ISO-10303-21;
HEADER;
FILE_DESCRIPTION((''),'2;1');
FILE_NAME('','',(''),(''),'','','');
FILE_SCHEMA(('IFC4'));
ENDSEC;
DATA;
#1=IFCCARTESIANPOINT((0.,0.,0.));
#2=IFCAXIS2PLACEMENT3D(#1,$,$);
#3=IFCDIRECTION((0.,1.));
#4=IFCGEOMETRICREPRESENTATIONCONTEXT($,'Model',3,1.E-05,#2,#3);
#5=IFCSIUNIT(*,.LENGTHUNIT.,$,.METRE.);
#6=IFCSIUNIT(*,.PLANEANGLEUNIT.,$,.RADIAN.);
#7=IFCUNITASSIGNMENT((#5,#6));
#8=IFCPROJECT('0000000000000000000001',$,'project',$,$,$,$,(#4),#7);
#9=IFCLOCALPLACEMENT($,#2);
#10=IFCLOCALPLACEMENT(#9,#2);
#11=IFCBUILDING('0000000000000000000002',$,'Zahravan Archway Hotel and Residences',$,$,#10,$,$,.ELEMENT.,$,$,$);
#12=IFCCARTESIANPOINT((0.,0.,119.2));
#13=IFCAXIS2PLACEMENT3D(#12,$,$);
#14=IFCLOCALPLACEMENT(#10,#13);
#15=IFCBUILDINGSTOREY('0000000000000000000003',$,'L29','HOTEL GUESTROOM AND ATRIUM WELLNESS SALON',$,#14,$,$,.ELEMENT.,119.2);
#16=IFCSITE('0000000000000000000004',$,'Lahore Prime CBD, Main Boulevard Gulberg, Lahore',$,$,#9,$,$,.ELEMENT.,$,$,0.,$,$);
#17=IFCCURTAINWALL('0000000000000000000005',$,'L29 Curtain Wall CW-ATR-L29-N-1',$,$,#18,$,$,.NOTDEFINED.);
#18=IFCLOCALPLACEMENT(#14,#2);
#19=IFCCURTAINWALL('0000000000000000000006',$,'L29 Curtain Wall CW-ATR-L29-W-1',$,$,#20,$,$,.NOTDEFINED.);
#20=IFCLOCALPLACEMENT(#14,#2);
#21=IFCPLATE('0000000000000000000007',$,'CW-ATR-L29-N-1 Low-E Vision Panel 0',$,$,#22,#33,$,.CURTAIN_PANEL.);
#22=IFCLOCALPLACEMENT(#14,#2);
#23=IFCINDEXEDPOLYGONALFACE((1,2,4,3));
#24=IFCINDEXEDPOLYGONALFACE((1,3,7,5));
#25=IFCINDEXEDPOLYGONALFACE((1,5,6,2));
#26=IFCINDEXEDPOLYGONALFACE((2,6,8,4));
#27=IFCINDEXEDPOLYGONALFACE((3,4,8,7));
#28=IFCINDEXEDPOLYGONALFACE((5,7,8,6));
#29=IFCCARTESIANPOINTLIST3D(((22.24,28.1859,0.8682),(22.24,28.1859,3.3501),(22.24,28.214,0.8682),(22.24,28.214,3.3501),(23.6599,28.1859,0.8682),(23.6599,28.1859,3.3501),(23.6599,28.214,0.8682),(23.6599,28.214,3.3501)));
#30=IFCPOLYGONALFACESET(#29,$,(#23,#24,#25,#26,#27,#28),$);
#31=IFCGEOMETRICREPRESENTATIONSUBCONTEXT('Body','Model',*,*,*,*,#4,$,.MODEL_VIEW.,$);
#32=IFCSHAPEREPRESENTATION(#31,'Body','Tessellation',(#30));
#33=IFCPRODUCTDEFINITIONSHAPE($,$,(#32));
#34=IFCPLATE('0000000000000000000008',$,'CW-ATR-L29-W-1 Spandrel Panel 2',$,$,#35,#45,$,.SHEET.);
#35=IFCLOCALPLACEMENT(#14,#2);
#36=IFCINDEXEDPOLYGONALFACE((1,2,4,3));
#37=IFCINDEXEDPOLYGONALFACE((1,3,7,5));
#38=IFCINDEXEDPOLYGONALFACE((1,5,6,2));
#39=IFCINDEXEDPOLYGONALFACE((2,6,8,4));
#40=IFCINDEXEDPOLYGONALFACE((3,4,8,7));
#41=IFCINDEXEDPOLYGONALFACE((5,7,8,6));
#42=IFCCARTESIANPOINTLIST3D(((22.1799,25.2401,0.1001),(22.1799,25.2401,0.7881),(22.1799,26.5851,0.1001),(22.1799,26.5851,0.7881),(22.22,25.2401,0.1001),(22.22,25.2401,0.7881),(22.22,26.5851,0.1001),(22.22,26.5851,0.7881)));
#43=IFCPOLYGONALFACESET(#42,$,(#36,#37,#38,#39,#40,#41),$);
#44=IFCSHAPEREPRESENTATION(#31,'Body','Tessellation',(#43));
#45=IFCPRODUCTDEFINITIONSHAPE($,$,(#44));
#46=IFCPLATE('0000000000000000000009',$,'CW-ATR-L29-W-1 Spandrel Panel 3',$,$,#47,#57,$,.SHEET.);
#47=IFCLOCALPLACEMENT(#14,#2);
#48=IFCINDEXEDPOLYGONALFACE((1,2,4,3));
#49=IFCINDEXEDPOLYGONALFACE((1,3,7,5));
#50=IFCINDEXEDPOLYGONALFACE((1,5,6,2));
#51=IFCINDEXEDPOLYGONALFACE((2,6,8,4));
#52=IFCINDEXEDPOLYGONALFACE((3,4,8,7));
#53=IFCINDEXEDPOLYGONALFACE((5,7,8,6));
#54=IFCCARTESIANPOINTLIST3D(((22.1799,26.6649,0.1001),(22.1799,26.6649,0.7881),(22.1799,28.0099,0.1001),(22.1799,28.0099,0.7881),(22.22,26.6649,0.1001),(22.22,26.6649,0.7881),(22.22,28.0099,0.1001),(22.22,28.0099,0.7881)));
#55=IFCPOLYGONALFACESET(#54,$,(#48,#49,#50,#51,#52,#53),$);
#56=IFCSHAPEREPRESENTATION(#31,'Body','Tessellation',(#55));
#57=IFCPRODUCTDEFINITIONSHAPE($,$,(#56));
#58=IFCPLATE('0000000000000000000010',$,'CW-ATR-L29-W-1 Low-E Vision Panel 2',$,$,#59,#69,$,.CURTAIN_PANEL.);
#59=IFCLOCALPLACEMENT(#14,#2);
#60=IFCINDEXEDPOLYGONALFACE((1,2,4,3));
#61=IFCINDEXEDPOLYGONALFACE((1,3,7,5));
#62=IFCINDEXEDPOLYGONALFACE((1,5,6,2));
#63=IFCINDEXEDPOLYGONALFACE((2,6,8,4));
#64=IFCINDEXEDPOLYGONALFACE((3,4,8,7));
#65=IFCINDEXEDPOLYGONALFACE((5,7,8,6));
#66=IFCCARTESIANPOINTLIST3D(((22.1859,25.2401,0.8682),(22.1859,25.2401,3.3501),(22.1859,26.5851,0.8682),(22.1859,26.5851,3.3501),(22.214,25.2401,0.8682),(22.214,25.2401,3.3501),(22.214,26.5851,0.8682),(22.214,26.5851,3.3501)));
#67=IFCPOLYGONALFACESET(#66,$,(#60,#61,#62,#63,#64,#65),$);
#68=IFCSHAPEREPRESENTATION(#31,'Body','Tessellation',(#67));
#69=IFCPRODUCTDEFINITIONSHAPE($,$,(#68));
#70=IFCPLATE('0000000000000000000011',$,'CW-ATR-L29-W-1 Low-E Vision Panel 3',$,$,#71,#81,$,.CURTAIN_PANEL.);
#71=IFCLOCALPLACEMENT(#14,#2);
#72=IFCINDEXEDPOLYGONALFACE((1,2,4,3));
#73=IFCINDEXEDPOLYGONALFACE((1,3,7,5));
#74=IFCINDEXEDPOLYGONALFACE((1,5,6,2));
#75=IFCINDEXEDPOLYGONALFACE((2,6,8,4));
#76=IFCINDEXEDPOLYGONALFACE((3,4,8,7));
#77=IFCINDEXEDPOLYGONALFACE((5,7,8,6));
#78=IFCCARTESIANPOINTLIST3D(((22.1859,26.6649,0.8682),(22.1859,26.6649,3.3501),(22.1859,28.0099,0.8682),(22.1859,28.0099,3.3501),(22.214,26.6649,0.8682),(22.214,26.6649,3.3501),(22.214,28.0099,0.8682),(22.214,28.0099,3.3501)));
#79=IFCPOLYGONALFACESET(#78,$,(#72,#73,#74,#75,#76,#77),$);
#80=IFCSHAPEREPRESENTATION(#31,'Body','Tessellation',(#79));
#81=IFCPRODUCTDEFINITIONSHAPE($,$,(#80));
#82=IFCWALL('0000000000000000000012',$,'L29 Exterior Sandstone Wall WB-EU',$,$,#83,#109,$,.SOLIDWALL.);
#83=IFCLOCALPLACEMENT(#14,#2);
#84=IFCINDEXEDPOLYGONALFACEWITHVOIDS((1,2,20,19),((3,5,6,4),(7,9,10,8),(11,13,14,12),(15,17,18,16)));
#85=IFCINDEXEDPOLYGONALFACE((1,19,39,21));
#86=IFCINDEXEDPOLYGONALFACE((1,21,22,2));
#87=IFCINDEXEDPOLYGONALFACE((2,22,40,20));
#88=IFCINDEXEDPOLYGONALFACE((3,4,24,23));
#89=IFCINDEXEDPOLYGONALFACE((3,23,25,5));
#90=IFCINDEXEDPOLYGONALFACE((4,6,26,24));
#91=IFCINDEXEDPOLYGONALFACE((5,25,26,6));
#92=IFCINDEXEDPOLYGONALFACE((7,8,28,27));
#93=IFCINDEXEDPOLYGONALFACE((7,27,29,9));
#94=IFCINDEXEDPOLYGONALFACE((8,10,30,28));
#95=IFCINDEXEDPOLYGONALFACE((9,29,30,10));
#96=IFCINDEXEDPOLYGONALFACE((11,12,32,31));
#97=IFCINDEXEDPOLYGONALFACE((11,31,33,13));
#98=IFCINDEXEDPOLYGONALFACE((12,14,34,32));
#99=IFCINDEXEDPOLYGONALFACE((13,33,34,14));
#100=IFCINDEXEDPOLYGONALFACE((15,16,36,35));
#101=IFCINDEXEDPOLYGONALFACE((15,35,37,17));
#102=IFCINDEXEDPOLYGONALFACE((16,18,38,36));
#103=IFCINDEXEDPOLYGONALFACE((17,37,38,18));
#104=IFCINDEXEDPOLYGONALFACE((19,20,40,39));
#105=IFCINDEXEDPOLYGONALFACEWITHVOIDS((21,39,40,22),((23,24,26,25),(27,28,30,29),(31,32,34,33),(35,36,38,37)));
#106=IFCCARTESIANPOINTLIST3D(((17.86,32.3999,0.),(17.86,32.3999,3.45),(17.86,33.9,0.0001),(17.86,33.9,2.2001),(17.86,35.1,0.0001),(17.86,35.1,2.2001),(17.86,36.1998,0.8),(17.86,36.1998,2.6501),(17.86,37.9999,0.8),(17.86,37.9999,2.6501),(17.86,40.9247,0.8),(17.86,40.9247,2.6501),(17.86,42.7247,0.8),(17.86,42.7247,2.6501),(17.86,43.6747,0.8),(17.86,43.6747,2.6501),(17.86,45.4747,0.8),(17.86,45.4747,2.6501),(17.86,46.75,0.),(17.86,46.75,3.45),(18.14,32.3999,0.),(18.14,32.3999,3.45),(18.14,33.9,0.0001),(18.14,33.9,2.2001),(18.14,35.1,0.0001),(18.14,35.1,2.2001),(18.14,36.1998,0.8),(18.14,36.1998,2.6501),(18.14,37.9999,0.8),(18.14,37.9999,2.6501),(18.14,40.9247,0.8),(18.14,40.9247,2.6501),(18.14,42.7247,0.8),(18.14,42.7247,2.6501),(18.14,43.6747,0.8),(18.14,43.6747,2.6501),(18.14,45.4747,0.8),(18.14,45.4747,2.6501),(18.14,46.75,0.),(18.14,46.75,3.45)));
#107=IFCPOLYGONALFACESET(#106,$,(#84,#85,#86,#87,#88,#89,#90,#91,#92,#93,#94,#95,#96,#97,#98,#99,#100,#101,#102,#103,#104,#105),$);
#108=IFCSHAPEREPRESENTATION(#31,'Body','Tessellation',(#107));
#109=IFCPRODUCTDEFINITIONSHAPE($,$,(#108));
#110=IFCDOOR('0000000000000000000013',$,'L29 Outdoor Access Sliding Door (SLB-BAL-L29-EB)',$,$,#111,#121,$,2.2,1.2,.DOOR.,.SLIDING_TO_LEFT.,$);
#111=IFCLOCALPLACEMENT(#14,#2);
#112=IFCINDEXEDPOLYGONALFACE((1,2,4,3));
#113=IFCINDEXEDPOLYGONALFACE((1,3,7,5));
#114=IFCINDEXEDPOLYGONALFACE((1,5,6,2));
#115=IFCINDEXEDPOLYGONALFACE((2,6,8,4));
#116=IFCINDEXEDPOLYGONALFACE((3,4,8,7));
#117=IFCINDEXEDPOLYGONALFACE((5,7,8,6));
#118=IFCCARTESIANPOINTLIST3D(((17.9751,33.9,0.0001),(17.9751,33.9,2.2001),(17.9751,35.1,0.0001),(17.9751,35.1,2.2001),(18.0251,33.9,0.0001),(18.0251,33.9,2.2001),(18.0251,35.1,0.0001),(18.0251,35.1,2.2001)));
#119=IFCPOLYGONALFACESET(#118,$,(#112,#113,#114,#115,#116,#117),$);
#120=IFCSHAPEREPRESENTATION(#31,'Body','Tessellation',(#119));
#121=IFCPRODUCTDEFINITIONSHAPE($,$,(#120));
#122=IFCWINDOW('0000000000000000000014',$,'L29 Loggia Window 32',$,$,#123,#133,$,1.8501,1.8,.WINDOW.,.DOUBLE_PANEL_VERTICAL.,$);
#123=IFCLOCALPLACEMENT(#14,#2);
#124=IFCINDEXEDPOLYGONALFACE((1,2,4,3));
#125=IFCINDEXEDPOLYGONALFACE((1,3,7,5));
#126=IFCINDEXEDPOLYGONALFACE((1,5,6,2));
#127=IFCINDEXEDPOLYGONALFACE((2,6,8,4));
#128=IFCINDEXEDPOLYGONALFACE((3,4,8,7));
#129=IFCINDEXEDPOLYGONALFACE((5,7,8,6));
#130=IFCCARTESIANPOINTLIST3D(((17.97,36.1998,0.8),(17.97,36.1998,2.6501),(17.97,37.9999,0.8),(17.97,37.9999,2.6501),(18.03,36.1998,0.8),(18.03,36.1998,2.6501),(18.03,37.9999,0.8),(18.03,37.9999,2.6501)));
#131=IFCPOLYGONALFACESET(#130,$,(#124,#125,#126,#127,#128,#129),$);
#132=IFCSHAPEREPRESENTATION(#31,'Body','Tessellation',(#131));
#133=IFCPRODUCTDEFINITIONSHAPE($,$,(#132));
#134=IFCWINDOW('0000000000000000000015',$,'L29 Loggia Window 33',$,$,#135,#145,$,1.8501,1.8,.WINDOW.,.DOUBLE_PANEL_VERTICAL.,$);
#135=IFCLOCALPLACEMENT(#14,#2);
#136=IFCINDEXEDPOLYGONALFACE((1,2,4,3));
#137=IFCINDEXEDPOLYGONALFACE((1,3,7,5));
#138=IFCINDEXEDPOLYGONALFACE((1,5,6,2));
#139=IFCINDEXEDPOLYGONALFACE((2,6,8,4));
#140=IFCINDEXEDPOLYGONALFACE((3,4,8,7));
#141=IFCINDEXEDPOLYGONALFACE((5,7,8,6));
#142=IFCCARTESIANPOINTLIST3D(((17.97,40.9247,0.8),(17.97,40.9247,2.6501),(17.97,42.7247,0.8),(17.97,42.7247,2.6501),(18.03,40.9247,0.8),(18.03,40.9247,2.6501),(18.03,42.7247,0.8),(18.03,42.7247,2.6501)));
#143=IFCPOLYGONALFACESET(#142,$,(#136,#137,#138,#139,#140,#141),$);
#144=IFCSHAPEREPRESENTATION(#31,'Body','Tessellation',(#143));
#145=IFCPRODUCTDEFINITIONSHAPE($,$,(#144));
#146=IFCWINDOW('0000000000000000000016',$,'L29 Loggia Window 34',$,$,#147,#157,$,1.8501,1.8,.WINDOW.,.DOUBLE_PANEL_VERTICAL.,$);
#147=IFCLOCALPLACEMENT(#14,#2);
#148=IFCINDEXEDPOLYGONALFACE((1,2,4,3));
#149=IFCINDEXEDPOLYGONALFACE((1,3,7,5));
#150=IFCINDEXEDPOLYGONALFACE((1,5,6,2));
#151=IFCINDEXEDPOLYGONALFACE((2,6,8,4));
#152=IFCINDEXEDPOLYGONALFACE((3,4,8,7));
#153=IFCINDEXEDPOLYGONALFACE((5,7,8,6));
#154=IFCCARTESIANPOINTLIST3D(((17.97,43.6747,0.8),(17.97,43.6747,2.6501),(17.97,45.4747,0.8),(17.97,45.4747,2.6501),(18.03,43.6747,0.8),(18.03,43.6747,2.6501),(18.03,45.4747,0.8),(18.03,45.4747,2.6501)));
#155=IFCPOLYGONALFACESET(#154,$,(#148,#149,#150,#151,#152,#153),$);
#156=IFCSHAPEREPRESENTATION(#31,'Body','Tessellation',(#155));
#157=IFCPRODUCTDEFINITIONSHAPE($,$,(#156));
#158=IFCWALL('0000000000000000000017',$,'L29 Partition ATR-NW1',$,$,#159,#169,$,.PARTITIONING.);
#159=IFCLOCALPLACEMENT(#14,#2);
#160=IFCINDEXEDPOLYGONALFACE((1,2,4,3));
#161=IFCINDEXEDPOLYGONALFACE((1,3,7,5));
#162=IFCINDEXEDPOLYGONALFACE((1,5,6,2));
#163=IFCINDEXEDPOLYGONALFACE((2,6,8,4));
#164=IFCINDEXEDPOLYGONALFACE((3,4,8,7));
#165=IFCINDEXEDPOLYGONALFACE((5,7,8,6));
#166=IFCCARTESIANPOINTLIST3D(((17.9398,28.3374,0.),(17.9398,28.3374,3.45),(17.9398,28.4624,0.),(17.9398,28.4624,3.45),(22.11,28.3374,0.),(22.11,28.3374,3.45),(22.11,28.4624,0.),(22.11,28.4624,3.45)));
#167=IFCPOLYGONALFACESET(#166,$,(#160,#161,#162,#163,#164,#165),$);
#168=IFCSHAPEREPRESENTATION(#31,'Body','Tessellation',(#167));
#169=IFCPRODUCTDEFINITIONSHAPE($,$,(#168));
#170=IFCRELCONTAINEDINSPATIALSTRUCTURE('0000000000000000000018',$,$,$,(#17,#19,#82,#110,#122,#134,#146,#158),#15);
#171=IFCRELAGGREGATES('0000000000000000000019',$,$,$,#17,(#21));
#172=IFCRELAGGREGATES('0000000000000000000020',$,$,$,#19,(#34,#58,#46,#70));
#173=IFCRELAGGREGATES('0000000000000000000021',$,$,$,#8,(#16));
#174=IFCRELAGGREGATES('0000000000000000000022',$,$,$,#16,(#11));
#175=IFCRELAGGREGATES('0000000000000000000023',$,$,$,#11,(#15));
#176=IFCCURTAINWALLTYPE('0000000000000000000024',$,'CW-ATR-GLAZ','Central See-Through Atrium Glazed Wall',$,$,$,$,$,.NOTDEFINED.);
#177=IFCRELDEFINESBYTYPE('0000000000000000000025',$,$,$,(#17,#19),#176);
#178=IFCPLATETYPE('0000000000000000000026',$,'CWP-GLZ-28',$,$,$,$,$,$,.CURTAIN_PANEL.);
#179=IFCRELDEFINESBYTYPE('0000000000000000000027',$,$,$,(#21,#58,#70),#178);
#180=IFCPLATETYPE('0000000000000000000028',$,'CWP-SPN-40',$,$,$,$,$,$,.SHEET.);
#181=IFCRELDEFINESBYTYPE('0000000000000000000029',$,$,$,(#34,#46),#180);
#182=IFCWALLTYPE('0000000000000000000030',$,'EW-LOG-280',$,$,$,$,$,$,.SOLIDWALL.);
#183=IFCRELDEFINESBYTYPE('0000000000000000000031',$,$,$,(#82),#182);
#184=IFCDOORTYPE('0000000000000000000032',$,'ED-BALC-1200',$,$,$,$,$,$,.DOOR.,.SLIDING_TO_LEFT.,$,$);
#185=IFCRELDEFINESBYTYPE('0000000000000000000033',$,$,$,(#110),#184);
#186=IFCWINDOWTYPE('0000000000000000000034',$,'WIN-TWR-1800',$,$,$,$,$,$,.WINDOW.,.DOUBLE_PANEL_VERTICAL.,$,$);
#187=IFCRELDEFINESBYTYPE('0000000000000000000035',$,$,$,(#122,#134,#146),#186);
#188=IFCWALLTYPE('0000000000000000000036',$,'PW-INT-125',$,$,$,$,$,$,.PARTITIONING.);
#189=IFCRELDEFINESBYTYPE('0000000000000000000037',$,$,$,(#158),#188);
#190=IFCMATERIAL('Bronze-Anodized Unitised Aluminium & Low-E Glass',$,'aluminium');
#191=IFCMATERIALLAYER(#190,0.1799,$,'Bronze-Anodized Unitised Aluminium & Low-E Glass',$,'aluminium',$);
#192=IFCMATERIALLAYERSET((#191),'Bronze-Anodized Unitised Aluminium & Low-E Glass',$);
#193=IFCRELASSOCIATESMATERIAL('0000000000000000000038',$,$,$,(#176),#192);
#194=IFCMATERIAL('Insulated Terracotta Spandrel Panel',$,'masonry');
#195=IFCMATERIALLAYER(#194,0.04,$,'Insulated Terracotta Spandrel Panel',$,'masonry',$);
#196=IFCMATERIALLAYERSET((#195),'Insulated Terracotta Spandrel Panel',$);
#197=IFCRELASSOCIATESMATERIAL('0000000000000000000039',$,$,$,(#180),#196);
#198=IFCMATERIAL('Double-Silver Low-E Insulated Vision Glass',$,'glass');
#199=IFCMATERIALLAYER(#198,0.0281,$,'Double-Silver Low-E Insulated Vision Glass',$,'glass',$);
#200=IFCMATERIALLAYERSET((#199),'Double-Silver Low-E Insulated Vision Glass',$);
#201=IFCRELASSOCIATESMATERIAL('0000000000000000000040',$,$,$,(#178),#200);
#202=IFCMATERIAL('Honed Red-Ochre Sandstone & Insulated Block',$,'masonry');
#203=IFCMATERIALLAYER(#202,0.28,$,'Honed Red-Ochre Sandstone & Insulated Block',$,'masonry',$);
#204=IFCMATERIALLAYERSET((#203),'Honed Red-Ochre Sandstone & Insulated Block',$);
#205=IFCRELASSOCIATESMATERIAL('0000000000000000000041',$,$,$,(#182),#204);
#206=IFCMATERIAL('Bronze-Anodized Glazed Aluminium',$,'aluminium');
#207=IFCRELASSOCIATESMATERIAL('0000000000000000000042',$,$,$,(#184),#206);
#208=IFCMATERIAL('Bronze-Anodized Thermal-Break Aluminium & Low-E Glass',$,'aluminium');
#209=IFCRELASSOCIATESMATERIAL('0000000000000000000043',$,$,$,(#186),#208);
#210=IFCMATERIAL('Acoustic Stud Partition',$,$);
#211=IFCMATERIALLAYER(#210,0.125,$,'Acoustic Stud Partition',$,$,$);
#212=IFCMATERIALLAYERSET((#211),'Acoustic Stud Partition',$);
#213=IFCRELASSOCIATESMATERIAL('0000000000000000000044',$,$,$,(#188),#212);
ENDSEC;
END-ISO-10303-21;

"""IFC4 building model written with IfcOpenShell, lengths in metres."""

from ifc_helpers import new_model, si_unit, direction, frame, frame_2d, origin, origin_2d, place, context, subcontext, project, spatial, rectangle, extrude, source, transform, mapped, material, layer, layer_set, type_object, type_shapes, element, fill, aggregate, save


model = new_model("IFC4")

# Units and contexts
model_context = context("Model", 3, precision=1e-05, world=origin(), true_north=direction((0.0, 1.0)))
body_context = subcontext(model_context, "Body", "Model", "MODEL_VIEW")
ifc_project = project(units=[si_unit("LENGTHUNIT", "METRE"), si_unit("PLANEANGLEUNIT", "RADIAN")], contexts=[model_context])

# Site, building, storey
site_placement = place(None, origin())
site = spatial("IfcSite", under=ifc_project, at=site_placement, Name="Lahore Prime CBD, Main Boulevard Gulberg, Lahore", CompositionType="ELEMENT", RefElevation=0.0)
building_placement = place(site_placement, origin())
building = spatial("IfcBuilding", under=site, at=building_placement, Name="Zahravan Archway Hotel and Residences", CompositionType="ELEMENT")
storey_placement = place(building_placement, frame((0.0, 0.0, 119.2)))
storey = spatial("IfcBuildingStorey", under=building, at=storey_placement, Name="L29", Description="HOTEL GUESTROOM AND ATRIUM WELLNESS SALON", CompositionType="ELEMENT", Elevation=119.2)

# Curtain walls
ifc_material_1 = material(Name="Bronze-Anodized Unitised Aluminium & Low-E Glass", Category="aluminium")
ifc_layer_1 = layer(ifc_material_1, 0.1799, Name="Bronze-Anodized Unitised Aluminium & Low-E Glass", Category="aluminium")
ifc_layer_set_1 = layer_set([ifc_layer_1], Name="Bronze-Anodized Unitised Aluminium & Low-E Glass")
curtain_wall_type = type_object("IfcCurtainWallType", Name="CW-ATR-GLAZ", Description="Central See-Through Atrium Glazed Wall", PredefinedType="NOTDEFINED", material=ifc_layer_set_1)
curtain_wall_1_placement = place(storey_placement, origin())
curtain_wall_1 = element("IfcCurtainWall", 1, at=curtain_wall_1_placement, inside=storey, type_object=curtain_wall_type, Name="L29 Curtain Wall CW-ATR-L29-N-1", PredefinedType="NOTDEFINED")
curtain_wall_2_placement = place(storey_placement, origin())
curtain_wall_2 = element("IfcCurtainWall", 2, at=curtain_wall_2_placement, inside=storey, type_object=curtain_wall_type, Name="L29 Curtain Wall CW-ATR-L29-W-1", PredefinedType="NOTDEFINED")

# Plates
ifc_material_2 = material(Name="Insulated Terracotta Spandrel Panel", Category="masonry")
ifc_layer_2 = layer(ifc_material_2, 0.04, Name="Insulated Terracotta Spandrel Panel", Category="masonry")
ifc_layer_set_2 = layer_set([ifc_layer_2], Name="Insulated Terracotta Spandrel Panel")
plate_type_1 = type_object("IfcPlateType", Name="CWP-SPN-40", PredefinedType="SHEET", material=ifc_layer_set_2)
ifc_material_3 = material(Name="Double-Silver Low-E Insulated Vision Glass", Category="glass")
ifc_layer_3 = layer(ifc_material_3, 0.0281, Name="Double-Silver Low-E Insulated Vision Glass", Category="glass")
ifc_layer_set_3 = layer_set([ifc_layer_3], Name="Double-Silver Low-E Insulated Vision Glass")
plate_type_2 = type_object("IfcPlateType", Name="CWP-GLZ-28", PredefinedType="CURTAIN_PANEL", material=ifc_layer_set_3)
shared_shape_1 = source(origin(), body_context, "Body", "SweptSolid", [
    extrude(rectangle(XDim=1.4199, YDim=0.0281, at=origin_2d()), origin(), (0.0, 0.0, 1.0), 2.4819),
])
plate_1_placement = place(storey_placement, frame((22.95, 28.2, 0.8682), z_axis=(0.0, 0.0, 1.0), x_axis=(1.0, 0.0, 0.0)))
plate_1 = element("IfcPlate", 3, at=plate_1_placement, type_object=plate_type_2, Name="CW-ATR-L29-N-1 Low-E Vision Panel 0", PredefinedType="CURTAIN_PANEL", context=body_context, shape_type="MappedRepresentation", body=[
    mapped(shared_shape_1, transform((0.0, 0.0, 0.0), scale=1.0)),
])
aggregate(curtain_wall_1, [plate_1])
shared_shape_2 = source(origin(), body_context, "Body", "SweptSolid", [
    extrude(rectangle(XDim=1.345, YDim=0.04, at=origin_2d()), origin(), (0.0, 0.0, 1.0), 0.688),
])
plate_2_placement = place(storey_placement, frame((22.2, 25.9126, 0.1001), z_axis=(0.0, 0.0, 1.0), x_axis=(0.0, 1.0, 0.0)))
plate_2 = element("IfcPlate", 4, at=plate_2_placement, type_object=plate_type_1, Name="CW-ATR-L29-W-1 Spandrel Panel 2", PredefinedType="SHEET", context=body_context, shape_type="MappedRepresentation", body=[
    mapped(shared_shape_2, transform((0.0, 0.0, 0.0), scale=1.0)),
])
plate_3_placement = place(storey_placement, frame((22.2, 27.3374, 0.1001), z_axis=(0.0, 0.0, 1.0), x_axis=(0.0, 1.0, 0.0)))
plate_3 = element("IfcPlate", 5, at=plate_3_placement, type_object=plate_type_1, Name="CW-ATR-L29-W-1 Spandrel Panel 3", PredefinedType="SHEET", context=body_context, shape_type="MappedRepresentation", body=[
    mapped(shared_shape_2, transform((0.0, 0.0, 0.0), scale=1.0)),
])
shared_shape_3 = source(origin(), body_context, "Body", "SweptSolid", [
    extrude(rectangle(XDim=1.345, YDim=0.0281, at=origin_2d()), origin(), (0.0, 0.0, 1.0), 2.4819),
])
plate_4_placement = place(storey_placement, frame((22.2, 25.9126, 0.8682), z_axis=(0.0, 0.0, 1.0), x_axis=(0.0, 1.0, 0.0)))
plate_4 = element("IfcPlate", 6, at=plate_4_placement, type_object=plate_type_2, Name="CW-ATR-L29-W-1 Low-E Vision Panel 2", PredefinedType="CURTAIN_PANEL", context=body_context, shape_type="MappedRepresentation", body=[
    mapped(shared_shape_3, transform((0.0, 0.0, 0.0), scale=1.0)),
])
plate_5_placement = place(storey_placement, frame((22.2, 27.3374, 0.8682), z_axis=(0.0, 0.0, 1.0), x_axis=(0.0, 1.0, 0.0)))
plate_5 = element("IfcPlate", 7, at=plate_5_placement, type_object=plate_type_2, Name="CW-ATR-L29-W-1 Low-E Vision Panel 3", PredefinedType="CURTAIN_PANEL", context=body_context, shape_type="MappedRepresentation", body=[
    mapped(shared_shape_3, transform((0.0, 0.0, 0.0), scale=1.0)),
])
aggregate(curtain_wall_2, [plate_2, plate_4, plate_3, plate_5])

# Wall, openings, door, windows
ifc_material_4 = material(Name="Honed Red-Ochre Sandstone & Insulated Block", Category="masonry")
ifc_layer_4 = layer(ifc_material_4, 0.28, Name="Honed Red-Ochre Sandstone & Insulated Block", Category="masonry")
ifc_layer_set_4 = layer_set([ifc_layer_4], Name="Honed Red-Ochre Sandstone & Insulated Block")
wall_type_1 = type_object("IfcWallType", Name="EW-LOG-280", PredefinedType="SOLIDWALL", material=ifc_layer_set_4)
wall_1_placement = place(storey_placement, frame((18.0, 32.3999, 0.0), z_axis=(0.0, 0.0, 1.0), x_axis=(0.0, 1.0, 0.0)))
wall_1 = element("IfcWall", 8, at=wall_1_placement, inside=storey, type_object=wall_type_1, Name="L29 Exterior Sandstone Wall WB-EU", PredefinedType="SOLIDWALL", context=body_context, shape_type="SweptSolid", body=[
    extrude(rectangle(XDim=14.3501, YDim=0.28, at=frame_2d((7.175, 0.0))), origin(), (0.0, 0.0, 1.0), 3.45),
])
opening_1_placement = place(wall_1_placement, frame((1.5, 0.0, 0.0)))
opening_1 = element("IfcOpeningElement", 9, at=opening_1_placement, cuts=wall_1, PredefinedType="OPENING", context=body_context, shape_type="SweptSolid", body=[
    extrude(rectangle(XDim=1.2, YDim=2.2, at=frame_2d((0.6001, 1.1001))), frame((0.0, 0.1499, 0.0), z_axis=(0.0, -1.0, 0.0), x_axis=(1.0, 0.0, 0.0)), (0.0, 0.0, 1.0), 0.3),
])
opening_2_placement = place(wall_1_placement, frame((3.8, 0.0, 0.8)))
opening_2 = element("IfcOpeningElement", 10, at=opening_2_placement, cuts=wall_1, PredefinedType="OPENING", context=body_context, shape_type="SweptSolid", body=[
    extrude(rectangle(XDim=1.8, YDim=1.8501, at=frame_2d((0.8999, 0.925))), frame((0.0, 0.1499, 0.0), z_axis=(0.0, -1.0, 0.0), x_axis=(1.0, 0.0, 0.0)), (0.0, 0.0, 1.0), 0.3),
])
opening_3_placement = place(wall_1_placement, frame((8.5249, 0.0, 0.8)))
opening_3 = element("IfcOpeningElement", 11, at=opening_3_placement, cuts=wall_1, PredefinedType="OPENING", context=body_context, shape_type="SweptSolid", body=[
    extrude(rectangle(XDim=1.8, YDim=1.8501, at=frame_2d((0.8999, 0.925))), frame((0.0, 0.1499, 0.0), z_axis=(0.0, -1.0, 0.0), x_axis=(1.0, 0.0, 0.0)), (0.0, 0.0, 1.0), 0.3),
])
opening_4_placement = place(wall_1_placement, frame((11.2749, 0.0, 0.8)))
opening_4 = element("IfcOpeningElement", 12, at=opening_4_placement, cuts=wall_1, PredefinedType="OPENING", context=body_context, shape_type="SweptSolid", body=[
    extrude(rectangle(XDim=1.8, YDim=1.8501, at=frame_2d((0.8999, 0.925))), frame((0.0, 0.1499, 0.0), z_axis=(0.0, -1.0, 0.0), x_axis=(1.0, 0.0, 0.0)), (0.0, 0.0, 1.0), 0.3),
])
ifc_material_5 = material(Name="Bronze-Anodized Glazed Aluminium", Category="aluminium")
door_type = type_object("IfcDoorType", Name="ED-BALC-1200", OperationType="SLIDING_TO_LEFT", PredefinedType="DOOR", material=ifc_material_5)
shared_shape_4 = source(origin(), body_context, "Body", "SweptSolid", [
    extrude(rectangle(XDim=1.2, YDim=2.2, at=frame_2d((0.6001, 1.1001))), frame((0.0, 0.0249, 0.0), z_axis=(0.0, -1.0, 0.0), x_axis=(1.0, 0.0, 0.0)), (0.0, 0.0, 1.0), 0.05),
])
type_shapes(door_type, [shared_shape_4])
door_placement = place(opening_1_placement, origin())
door = element("IfcDoor", 13, at=door_placement, inside=storey, type_object=door_type, Name="L29 Outdoor Access Sliding Door (SLB-BAL-L29-EB)", OperationType="SLIDING_TO_LEFT", OverallHeight=2.2, OverallWidth=1.2, PredefinedType="DOOR", context=body_context, shape_type="MappedRepresentation", body=[
    mapped(shared_shape_4, transform((0.0, 0.0, 0.0), scale=1.0)),
])
fill(opening_1, door)
ifc_material_6 = material(Name="Bronze-Anodized Thermal-Break Aluminium & Low-E Glass", Category="aluminium")
window_type = type_object("IfcWindowType", Name="WIN-TWR-1800", PartitioningType="DOUBLE_PANEL_VERTICAL", PredefinedType="WINDOW", material=ifc_material_6)
shared_shape_5 = source(origin(), body_context, "Body", "SweptSolid", [
    extrude(rectangle(XDim=1.8, YDim=1.8501, at=frame_2d((0.8999, 0.925))), frame((0.0, 0.03, 0.0), z_axis=(0.0, -1.0, 0.0), x_axis=(1.0, 0.0, 0.0)), (0.0, 0.0, 1.0), 0.0601),
])
type_shapes(window_type, [shared_shape_5])
window_1_placement = place(opening_2_placement, origin())
window_1 = element("IfcWindow", 14, at=window_1_placement, inside=storey, type_object=window_type, Name="L29 Loggia Window 32", OverallHeight=1.8501, OverallWidth=1.8, PartitioningType="DOUBLE_PANEL_VERTICAL", PredefinedType="WINDOW", context=body_context, shape_type="MappedRepresentation", body=[
    mapped(shared_shape_5, transform((0.0, 0.0, 0.0), scale=1.0)),
])
fill(opening_2, window_1)
window_2_placement = place(opening_3_placement, origin())
window_2 = element("IfcWindow", 15, at=window_2_placement, inside=storey, type_object=window_type, Name="L29 Loggia Window 33", OverallHeight=1.8501, OverallWidth=1.8, PartitioningType="DOUBLE_PANEL_VERTICAL", PredefinedType="WINDOW", context=body_context, shape_type="MappedRepresentation", body=[
    mapped(shared_shape_5, transform((0.0, 0.0, 0.0), scale=1.0)),
])
fill(opening_3, window_2)
window_3_placement = place(opening_4_placement, origin())
window_3 = element("IfcWindow", 16, at=window_3_placement, inside=storey, type_object=window_type, Name="L29 Loggia Window 34", OverallHeight=1.8501, OverallWidth=1.8, PartitioningType="DOUBLE_PANEL_VERTICAL", PredefinedType="WINDOW", context=body_context, shape_type="MappedRepresentation", body=[
    mapped(shared_shape_5, transform((0.0, 0.0, 0.0), scale=1.0)),
])
fill(opening_4, window_3)

# Wall
ifc_material_7 = material(Name="Acoustic Stud Partition")
ifc_layer_5 = layer(ifc_material_7, 0.125, Name="Acoustic Stud Partition")
ifc_layer_set_5 = layer_set([ifc_layer_5], Name="Acoustic Stud Partition")
wall_type_2 = type_object("IfcWallType", Name="PW-INT-125", PredefinedType="PARTITIONING", material=ifc_layer_set_5)
wall_2_placement = place(storey_placement, frame((17.9399, 28.3999, 0.0), z_axis=(0.0, 0.0, 1.0), x_axis=(1.0, 0.0, 0.0)))
element("IfcWall", 17, at=wall_2_placement, inside=storey, type_object=wall_type_2, Name="L29 Partition ATR-NW1", PredefinedType="PARTITIONING", context=body_context, shape_type="SweptSolid", body=[
    extrude(rectangle(XDim=4.1702, YDim=0.125, at=frame_2d((2.085, 0.0))), origin(), (0.0, 0.0, 1.0), 3.45),
])

save(model, "model.ifc")
